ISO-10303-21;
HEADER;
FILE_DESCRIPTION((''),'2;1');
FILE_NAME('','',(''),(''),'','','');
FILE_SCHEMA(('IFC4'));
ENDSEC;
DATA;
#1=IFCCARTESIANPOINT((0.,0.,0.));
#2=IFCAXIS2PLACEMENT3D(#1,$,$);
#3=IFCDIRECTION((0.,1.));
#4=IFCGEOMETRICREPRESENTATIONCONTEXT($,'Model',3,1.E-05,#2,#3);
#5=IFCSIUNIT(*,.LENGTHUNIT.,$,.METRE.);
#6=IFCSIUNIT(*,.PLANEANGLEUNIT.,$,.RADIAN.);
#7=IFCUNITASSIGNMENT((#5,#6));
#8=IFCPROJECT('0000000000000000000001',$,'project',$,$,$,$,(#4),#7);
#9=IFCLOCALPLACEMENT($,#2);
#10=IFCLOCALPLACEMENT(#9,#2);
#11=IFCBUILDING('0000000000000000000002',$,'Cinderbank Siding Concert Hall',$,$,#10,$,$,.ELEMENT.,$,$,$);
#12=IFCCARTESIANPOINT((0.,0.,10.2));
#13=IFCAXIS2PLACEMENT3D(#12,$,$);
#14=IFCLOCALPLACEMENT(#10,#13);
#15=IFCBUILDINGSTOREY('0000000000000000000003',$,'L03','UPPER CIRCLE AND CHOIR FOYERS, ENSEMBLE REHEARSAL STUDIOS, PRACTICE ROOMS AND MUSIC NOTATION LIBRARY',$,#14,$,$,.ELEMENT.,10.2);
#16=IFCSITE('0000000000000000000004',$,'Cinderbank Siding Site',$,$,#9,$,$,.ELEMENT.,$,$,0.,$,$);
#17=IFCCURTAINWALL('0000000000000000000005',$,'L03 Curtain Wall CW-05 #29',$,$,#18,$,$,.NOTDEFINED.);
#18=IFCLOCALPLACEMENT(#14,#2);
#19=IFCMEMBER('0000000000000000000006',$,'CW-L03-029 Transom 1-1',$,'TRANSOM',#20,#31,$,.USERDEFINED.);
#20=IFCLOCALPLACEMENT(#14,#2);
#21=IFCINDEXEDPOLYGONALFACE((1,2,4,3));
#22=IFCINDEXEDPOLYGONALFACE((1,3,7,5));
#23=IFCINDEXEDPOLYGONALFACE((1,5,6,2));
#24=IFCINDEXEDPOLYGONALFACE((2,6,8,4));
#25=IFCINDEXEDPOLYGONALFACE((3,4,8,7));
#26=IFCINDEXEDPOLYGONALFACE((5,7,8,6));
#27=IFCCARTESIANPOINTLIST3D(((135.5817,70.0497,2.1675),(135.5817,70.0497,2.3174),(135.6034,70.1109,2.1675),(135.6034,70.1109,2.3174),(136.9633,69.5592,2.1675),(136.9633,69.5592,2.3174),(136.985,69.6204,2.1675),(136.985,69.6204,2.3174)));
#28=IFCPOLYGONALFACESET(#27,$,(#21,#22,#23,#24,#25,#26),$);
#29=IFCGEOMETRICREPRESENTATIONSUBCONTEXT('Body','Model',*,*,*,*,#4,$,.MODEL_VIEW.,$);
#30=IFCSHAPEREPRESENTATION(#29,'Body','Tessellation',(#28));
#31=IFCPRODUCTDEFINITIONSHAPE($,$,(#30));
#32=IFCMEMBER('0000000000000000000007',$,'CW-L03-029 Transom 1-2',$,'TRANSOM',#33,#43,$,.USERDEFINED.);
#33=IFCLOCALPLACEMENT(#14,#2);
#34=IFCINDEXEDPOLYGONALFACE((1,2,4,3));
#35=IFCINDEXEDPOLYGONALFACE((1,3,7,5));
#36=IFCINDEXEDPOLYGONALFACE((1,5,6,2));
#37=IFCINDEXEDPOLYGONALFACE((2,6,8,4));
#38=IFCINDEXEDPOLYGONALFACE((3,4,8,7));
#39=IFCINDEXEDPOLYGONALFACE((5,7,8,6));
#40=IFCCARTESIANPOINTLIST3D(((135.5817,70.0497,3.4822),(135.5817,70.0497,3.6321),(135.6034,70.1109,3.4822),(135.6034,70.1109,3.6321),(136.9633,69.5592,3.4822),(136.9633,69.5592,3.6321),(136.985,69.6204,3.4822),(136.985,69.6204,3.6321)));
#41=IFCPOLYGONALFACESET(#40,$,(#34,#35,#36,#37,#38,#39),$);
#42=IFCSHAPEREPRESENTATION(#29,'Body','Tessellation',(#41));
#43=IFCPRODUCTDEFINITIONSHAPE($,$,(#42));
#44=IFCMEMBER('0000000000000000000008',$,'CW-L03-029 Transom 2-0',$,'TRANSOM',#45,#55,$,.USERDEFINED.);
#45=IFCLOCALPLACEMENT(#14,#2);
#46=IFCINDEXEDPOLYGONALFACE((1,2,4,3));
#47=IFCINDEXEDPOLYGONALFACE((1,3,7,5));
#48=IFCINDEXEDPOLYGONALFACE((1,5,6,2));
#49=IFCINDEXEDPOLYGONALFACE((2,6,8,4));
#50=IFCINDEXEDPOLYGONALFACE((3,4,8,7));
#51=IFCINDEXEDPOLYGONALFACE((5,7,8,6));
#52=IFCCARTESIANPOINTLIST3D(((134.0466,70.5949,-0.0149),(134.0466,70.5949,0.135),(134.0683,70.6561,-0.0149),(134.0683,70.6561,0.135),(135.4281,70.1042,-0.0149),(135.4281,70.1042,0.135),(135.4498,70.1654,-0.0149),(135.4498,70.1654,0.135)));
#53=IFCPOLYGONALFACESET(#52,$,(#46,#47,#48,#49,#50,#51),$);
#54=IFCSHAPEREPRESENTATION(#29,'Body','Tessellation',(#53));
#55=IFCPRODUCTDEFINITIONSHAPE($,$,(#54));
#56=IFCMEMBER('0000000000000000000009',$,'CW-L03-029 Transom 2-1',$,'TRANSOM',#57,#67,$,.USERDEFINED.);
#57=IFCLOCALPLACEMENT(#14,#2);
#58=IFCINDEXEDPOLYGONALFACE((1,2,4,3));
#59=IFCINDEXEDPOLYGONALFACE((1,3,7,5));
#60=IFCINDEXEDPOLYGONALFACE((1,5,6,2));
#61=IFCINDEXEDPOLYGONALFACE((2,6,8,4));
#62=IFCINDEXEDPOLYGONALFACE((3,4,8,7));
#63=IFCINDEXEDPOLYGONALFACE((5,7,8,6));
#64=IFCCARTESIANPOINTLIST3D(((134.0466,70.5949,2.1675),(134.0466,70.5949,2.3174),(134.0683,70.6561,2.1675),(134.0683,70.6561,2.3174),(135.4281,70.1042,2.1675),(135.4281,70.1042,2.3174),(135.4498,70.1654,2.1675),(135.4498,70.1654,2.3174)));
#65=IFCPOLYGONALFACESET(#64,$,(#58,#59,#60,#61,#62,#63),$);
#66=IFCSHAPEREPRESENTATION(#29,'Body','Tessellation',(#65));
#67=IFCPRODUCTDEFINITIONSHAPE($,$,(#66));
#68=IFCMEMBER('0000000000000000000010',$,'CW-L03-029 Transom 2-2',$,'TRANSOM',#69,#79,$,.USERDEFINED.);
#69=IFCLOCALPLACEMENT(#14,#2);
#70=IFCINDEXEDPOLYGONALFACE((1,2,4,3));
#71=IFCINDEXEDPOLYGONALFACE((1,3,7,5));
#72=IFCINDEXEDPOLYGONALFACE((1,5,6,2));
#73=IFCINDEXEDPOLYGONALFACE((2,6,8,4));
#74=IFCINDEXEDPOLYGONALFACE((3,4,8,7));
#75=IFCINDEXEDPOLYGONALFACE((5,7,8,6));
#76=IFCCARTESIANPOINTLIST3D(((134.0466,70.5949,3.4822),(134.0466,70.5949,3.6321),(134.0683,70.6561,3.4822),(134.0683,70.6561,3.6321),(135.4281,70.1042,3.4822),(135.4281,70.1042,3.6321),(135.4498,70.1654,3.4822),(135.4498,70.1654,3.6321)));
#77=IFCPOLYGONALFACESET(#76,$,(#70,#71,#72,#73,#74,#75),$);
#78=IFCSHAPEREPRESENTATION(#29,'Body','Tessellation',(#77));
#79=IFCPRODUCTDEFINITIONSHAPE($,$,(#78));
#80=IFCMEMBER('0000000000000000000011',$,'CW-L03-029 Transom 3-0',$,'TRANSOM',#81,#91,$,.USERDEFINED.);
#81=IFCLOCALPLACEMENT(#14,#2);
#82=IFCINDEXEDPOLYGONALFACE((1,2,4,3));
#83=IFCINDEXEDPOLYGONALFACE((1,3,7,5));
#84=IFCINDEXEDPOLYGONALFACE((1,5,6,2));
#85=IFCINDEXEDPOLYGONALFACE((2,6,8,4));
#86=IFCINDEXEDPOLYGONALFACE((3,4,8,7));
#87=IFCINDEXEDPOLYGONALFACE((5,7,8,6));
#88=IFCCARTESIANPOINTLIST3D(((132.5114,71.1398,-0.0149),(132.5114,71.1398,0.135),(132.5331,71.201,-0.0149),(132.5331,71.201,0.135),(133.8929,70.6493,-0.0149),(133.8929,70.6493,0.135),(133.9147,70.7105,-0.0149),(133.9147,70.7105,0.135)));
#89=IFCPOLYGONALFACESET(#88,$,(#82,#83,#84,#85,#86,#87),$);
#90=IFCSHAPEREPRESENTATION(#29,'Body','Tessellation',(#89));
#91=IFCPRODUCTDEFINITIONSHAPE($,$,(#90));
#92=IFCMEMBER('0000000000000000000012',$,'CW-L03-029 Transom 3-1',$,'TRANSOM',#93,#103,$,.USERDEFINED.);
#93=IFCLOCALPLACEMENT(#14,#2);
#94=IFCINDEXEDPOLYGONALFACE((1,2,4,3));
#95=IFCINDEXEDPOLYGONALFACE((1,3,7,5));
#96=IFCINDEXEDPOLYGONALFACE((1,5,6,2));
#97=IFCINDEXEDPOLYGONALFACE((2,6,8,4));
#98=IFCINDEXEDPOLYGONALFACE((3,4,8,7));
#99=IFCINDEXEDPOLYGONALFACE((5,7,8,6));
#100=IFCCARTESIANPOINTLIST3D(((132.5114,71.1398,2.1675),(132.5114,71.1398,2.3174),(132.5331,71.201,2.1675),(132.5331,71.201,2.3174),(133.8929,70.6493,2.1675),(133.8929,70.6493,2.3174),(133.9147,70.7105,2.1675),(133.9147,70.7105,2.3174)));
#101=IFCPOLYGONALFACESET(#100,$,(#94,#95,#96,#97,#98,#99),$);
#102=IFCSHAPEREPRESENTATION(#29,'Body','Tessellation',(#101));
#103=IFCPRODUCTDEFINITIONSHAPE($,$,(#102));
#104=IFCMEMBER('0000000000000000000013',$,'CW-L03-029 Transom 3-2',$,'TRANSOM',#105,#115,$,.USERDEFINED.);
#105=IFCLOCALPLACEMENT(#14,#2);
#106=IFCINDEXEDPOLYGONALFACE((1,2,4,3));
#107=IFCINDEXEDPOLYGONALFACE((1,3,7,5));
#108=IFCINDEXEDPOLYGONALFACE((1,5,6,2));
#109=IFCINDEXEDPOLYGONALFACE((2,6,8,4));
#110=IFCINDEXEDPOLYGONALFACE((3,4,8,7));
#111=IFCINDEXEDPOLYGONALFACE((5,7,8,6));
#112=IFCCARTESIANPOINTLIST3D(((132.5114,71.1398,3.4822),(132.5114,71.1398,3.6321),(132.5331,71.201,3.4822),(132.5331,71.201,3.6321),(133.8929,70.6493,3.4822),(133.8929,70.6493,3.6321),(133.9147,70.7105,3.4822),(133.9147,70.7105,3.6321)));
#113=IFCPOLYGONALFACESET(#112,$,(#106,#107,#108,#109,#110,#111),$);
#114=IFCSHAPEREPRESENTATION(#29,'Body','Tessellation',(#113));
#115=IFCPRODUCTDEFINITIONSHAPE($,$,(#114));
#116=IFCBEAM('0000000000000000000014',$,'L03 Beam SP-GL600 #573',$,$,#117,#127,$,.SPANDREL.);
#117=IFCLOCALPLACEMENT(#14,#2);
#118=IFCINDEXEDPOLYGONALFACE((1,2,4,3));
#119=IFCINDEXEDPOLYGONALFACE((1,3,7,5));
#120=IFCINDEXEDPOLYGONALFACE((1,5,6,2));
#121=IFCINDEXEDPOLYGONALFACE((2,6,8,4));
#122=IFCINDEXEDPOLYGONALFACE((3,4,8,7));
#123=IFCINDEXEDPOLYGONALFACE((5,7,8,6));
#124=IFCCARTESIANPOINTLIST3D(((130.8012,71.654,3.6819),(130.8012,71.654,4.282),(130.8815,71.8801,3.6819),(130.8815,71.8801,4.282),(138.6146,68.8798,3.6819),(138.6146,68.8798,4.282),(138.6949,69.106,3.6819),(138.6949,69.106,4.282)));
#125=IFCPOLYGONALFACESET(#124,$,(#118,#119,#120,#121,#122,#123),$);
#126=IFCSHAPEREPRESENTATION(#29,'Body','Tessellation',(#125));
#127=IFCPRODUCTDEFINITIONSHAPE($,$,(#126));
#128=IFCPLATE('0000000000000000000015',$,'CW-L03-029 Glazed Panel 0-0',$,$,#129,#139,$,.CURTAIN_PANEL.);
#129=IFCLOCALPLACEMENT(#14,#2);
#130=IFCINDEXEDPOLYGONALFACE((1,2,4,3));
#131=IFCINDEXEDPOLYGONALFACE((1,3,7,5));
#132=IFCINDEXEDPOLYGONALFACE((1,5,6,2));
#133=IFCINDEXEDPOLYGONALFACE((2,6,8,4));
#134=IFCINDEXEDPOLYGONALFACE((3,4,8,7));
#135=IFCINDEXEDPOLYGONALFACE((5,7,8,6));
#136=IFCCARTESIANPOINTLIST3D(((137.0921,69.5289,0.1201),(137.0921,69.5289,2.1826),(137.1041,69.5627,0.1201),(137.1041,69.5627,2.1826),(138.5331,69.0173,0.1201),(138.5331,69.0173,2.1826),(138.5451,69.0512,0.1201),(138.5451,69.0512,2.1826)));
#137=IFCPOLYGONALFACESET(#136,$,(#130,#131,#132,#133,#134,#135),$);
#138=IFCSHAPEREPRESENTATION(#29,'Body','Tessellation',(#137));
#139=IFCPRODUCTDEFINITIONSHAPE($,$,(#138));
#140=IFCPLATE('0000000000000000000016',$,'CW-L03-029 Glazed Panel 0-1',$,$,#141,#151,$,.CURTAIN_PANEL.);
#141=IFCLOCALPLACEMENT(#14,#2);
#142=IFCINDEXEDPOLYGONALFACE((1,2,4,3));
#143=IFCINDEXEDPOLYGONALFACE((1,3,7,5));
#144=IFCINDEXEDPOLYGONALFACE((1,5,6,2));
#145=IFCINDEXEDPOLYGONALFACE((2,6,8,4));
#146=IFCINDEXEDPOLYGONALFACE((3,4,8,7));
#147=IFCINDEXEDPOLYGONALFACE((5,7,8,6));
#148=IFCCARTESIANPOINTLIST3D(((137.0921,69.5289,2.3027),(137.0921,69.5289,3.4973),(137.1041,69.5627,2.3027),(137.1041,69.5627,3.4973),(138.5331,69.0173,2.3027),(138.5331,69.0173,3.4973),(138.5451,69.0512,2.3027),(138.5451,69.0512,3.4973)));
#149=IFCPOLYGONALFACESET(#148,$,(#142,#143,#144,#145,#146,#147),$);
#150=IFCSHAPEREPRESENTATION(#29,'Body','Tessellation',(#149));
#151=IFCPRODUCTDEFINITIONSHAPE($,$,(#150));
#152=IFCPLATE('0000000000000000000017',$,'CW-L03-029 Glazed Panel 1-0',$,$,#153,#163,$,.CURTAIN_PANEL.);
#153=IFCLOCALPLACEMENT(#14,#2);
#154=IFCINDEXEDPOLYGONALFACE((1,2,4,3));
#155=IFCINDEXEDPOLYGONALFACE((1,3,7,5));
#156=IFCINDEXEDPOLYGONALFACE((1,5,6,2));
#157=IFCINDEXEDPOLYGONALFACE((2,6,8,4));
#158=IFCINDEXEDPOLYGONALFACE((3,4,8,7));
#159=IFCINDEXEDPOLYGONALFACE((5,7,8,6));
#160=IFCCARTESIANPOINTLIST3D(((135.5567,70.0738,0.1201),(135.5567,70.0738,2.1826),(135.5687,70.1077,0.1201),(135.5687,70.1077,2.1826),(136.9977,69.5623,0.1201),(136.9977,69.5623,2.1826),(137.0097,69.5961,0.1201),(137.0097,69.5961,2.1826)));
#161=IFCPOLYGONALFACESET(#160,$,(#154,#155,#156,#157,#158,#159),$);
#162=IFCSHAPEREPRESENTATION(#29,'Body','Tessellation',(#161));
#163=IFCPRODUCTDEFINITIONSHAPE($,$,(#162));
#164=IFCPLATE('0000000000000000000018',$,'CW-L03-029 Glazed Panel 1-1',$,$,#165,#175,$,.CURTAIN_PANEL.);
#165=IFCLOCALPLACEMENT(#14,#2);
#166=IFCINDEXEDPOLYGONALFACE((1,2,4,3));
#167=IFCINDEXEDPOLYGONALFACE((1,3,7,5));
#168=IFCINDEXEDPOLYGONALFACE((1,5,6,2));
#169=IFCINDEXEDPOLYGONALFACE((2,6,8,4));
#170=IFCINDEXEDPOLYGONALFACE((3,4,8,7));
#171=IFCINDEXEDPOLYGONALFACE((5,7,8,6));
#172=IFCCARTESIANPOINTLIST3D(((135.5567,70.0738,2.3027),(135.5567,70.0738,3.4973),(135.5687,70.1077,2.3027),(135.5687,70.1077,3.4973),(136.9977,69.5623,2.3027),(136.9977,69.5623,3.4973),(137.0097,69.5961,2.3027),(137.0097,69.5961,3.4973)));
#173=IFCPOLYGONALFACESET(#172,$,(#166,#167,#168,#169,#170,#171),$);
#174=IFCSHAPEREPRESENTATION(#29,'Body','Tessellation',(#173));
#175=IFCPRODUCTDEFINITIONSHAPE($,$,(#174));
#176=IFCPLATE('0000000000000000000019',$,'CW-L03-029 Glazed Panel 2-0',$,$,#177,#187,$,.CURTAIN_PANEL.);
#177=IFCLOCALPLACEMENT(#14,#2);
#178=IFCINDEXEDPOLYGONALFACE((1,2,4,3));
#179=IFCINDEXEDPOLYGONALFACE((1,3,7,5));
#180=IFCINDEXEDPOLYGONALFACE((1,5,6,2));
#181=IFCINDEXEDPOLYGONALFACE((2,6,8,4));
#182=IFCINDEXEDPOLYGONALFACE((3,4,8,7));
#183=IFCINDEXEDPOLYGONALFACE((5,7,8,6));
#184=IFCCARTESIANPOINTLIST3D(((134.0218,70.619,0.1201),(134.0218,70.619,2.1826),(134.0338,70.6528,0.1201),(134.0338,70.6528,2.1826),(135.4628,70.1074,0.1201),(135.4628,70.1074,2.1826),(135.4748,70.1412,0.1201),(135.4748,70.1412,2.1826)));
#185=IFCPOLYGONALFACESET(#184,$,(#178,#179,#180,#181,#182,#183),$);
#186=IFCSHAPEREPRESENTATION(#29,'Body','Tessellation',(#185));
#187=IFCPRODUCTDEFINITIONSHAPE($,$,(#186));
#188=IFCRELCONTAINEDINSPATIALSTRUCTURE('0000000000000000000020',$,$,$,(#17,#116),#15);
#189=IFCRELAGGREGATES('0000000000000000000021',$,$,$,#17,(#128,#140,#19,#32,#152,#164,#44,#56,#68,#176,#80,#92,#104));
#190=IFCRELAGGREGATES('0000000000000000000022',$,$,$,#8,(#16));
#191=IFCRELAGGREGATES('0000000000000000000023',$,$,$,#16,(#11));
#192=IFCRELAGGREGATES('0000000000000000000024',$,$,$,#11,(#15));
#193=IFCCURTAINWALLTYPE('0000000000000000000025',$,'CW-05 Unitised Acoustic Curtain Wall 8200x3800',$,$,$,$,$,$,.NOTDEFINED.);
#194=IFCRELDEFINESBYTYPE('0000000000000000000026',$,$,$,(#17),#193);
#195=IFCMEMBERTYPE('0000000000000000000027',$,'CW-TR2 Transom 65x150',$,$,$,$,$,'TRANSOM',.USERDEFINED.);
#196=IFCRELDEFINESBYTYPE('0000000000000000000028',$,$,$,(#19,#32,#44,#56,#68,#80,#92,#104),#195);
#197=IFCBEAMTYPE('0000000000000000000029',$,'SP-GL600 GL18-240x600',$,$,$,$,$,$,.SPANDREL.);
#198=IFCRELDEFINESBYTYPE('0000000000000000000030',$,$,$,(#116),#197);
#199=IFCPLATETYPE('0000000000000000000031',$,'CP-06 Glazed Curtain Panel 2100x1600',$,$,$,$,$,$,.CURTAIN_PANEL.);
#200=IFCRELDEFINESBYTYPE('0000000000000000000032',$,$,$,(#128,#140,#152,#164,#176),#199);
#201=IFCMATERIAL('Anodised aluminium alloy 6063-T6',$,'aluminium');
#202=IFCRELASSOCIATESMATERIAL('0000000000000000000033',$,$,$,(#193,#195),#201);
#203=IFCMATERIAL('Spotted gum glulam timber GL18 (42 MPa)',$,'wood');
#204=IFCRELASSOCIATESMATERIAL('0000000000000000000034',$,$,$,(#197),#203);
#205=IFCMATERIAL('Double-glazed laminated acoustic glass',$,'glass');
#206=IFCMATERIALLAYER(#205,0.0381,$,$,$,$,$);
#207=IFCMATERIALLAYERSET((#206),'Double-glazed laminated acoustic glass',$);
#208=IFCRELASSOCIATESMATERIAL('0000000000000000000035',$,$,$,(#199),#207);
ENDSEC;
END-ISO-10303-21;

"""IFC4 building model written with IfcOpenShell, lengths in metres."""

from ifc_helpers import new_model, si_unit, direction, frame, origin, origin_2d, place, context, subcontext, project, spatial, rectangle, extrude, material, layer, layer_set, material_profile, profile_set, type_object, element, aggregate, save


model = new_model("IFC4")

# Units and contexts
model_context = context("Model", 3, precision=1e-05, world=origin(), true_north=direction((0.0, 1.0)))
body_context = subcontext(model_context, "Body", "Model", "MODEL_VIEW")
ifc_project = project(units=[si_unit("LENGTHUNIT", "METRE"), si_unit("PLANEANGLEUNIT", "RADIAN")], contexts=[model_context])

# Site, building, storey
site_placement = place(None, origin())
site = spatial("IfcSite", under=ifc_project, at=site_placement, Name="Cinderbank Siding Site", CompositionType="ELEMENT", RefElevation=0.0)
building_placement = place(site_placement, origin())
building = spatial("IfcBuilding", under=site, at=building_placement, Name="Cinderbank Siding Concert Hall", CompositionType="ELEMENT")
storey_placement = place(building_placement, frame((0.0, 0.0, 10.2)))
storey = spatial("IfcBuildingStorey", under=building, at=storey_placement, Name="L03", Description="UPPER CIRCLE AND CHOIR FOYERS, ENSEMBLE REHEARSAL STUDIOS, PRACTICE ROOMS AND MUSIC NOTATION LIBRARY", CompositionType="ELEMENT", Elevation=10.2)

# Shared definitions
ifc_material_1 = material(Name="Anodised aluminium alloy 6063-T6", Category="aluminium")

# Curtain wall, members
curtain_wall_type_1 = type_object("IfcCurtainWallType", Name="CW-05 Unitised Acoustic Curtain Wall 8200x3800", PredefinedType="NOTDEFINED", material=ifc_material_1)
curtain_wall_1_placement = place(storey_placement, origin())
curtain_wall_1 = element("IfcCurtainWall", 1, at=curtain_wall_1_placement, inside=storey, type_object=curtain_wall_type_1, Name="L03 Curtain Wall CW-05 #29", PredefinedType="NOTDEFINED")
ifc_material_profile_1 = material_profile(ifc_material_1, rectangle(XDim=0.0649, YDim=0.1499, at=origin_2d()), Name="ALU-TRAN-65x150", Category="LoadBearing")
ifc_profile_set_1 = profile_set([ifc_material_profile_1], Name="Anodised aluminium alloy 6063-T6")
member_type_1 = type_object("IfcMemberType", Name="CW-TR2 Transom 65x150", ElementType="TRANSOM", PredefinedType="USERDEFINED", material=ifc_profile_set_1)
member_1_placement = place(storey_placement, frame((136.9741, 69.5898, 2.2424), z_axis=(-0.942377, 0.334553, 0.0), x_axis=(-0.334553, -0.942377, 0.0)))
member_1 = element("IfcMember", 2, at=member_1_placement, type_object=member_type_1, Name="CW-L03-029 Transom 1-1", ObjectType="TRANSOM", PredefinedType="USERDEFINED", context=body_context, shape_type="SweptSolid", body=[
    extrude(rectangle(XDim=0.0649, YDim=0.1499, at=origin_2d()), origin(), (0.0, 0.0, 1.0), 1.4661),
])
member_2_placement = place(storey_placement, frame((136.9741, 69.5898, 3.5571), z_axis=(-0.942377, 0.334553, 0.0), x_axis=(-0.334553, -0.942377, 0.0)))
member_2 = element("IfcMember", 3, at=member_2_placement, type_object=member_type_1, Name="CW-L03-029 Transom 1-2", ObjectType="TRANSOM", PredefinedType="USERDEFINED", context=body_context, shape_type="SweptSolid", body=[
    extrude(rectangle(XDim=0.0649, YDim=0.1499, at=origin_2d()), origin(), (0.0, 0.0, 1.0), 1.4661),
])
member_3_placement = place(storey_placement, frame((135.439, 70.1348, 0.0601), z_axis=(-0.942324, 0.334701, 0.0), x_axis=(-0.334701, -0.942324, 0.0)))
member_3 = element("IfcMember", 4, at=member_3_placement, type_object=member_type_1, Name="CW-L03-029 Transom 2-0", ObjectType="TRANSOM", PredefinedType="USERDEFINED", context=body_context, shape_type="SweptSolid", body=[
    extrude(rectangle(XDim=0.0649, YDim=0.1499, at=origin_2d()), origin(), (0.0, 0.0, 1.0), 1.4661),
])
member_4_placement = place(storey_placement, frame((135.439, 70.1348, 2.2424), z_axis=(-0.942324, 0.334701, 0.0), x_axis=(-0.334701, -0.942324, 0.0)))
member_4 = element("IfcMember", 5, at=member_4_placement, type_object=member_type_1, Name="CW-L03-029 Transom 2-1", ObjectType="TRANSOM", PredefinedType="USERDEFINED", context=body_context, shape_type="SweptSolid", body=[
    extrude(rectangle(XDim=0.0649, YDim=0.1499, at=origin_2d()), origin(), (0.0, 0.0, 1.0), 1.4661),
])
member_5_placement = place(storey_placement, frame((135.439, 70.1348, 3.5571), z_axis=(-0.942324, 0.334701, 0.0), x_axis=(-0.334701, -0.942324, 0.0)))
member_5 = element("IfcMember", 6, at=member_5_placement, type_object=member_type_1, Name="CW-L03-029 Transom 2-2", ObjectType="TRANSOM", PredefinedType="USERDEFINED", context=body_context, shape_type="SweptSolid", body=[
    extrude(rectangle(XDim=0.0649, YDim=0.1499, at=origin_2d()), origin(), (0.0, 0.0, 1.0), 1.4661),
])
member_6_placement = place(storey_placement, frame((133.9038, 70.6799, 0.0601), z_axis=(-0.942377, 0.334553, 0.0), x_axis=(-0.334553, -0.942377, 0.0)))
member_6 = element("IfcMember", 7, at=member_6_placement, type_object=member_type_1, Name="CW-L03-029 Transom 3-0", ObjectType="TRANSOM", PredefinedType="USERDEFINED", context=body_context, shape_type="SweptSolid", body=[
    extrude(rectangle(XDim=0.0649, YDim=0.1499, at=origin_2d()), origin(), (0.0, 0.0, 1.0), 1.4661),
])
member_7_placement = place(storey_placement, frame((133.9038, 70.6799, 2.2424), z_axis=(-0.942377, 0.334553, 0.0), x_axis=(-0.334553, -0.942377, 0.0)))
member_7 = element("IfcMember", 8, at=member_7_placement, type_object=member_type_1, Name="CW-L03-029 Transom 3-1", ObjectType="TRANSOM", PredefinedType="USERDEFINED", context=body_context, shape_type="SweptSolid", body=[
    extrude(rectangle(XDim=0.0649, YDim=0.1499, at=origin_2d()), origin(), (0.0, 0.0, 1.0), 1.4661),
])
member_8_placement = place(storey_placement, frame((133.9038, 70.6799, 3.5571), z_axis=(-0.942377, 0.334553, 0.0), x_axis=(-0.334553, -0.942377, 0.0)))
member_8 = element("IfcMember", 9, at=member_8_placement, type_object=member_type_1, Name="CW-L03-029 Transom 3-2", ObjectType="TRANSOM", PredefinedType="USERDEFINED", context=body_context, shape_type="SweptSolid", body=[
    extrude(rectangle(XDim=0.0649, YDim=0.1499, at=origin_2d()), origin(), (0.0, 0.0, 1.0), 1.4661),
])

# Beam
ifc_material_2 = material(Name="Spotted gum glulam timber GL18 (42 MPa)", Category="wood")
ifc_material_profile_2 = material_profile(ifc_material_2, rectangle(XDim=0.24, YDim=0.6001, at=origin_2d()), Name="GL18-240x600", Category="LoadBearing")
ifc_profile_set_2 = profile_set([ifc_material_profile_2], Name="Spotted gum glulam timber GL18 (42 MPa)")
beam_type_1 = type_object("IfcBeamType", Name="SP-GL600 GL18-240x600", PredefinedType="SPANDREL", material=ifc_profile_set_2)
beam_1_placement = place(storey_placement, frame((138.6548, 68.9929, 3.9819), z_axis=(-0.942365, 0.334586, 0.0), x_axis=(-0.334586, -0.942365, 0.0)))
element("IfcBeam", 10, at=beam_1_placement, inside=storey, type_object=beam_type_1, Name="L03 Beam SP-GL600 #573", PredefinedType="SPANDREL", context=body_context, shape_type="SweptSolid", body=[
    extrude(rectangle(XDim=0.24, YDim=0.6001, at=origin_2d()), origin(), (0.0, 0.0, 1.0), 8.2913),
])

# Plates
ifc_material_3 = material(Name="Double-glazed laminated acoustic glass", Category="glass")
ifc_layer_1 = layer(ifc_material_3, 0.0381)
ifc_layer_set_1 = layer_set([ifc_layer_1], Name="Double-glazed laminated acoustic glass")
plate_type = type_object("IfcPlateType", Name="CP-06 Glazed Curtain Panel 2100x1600", PredefinedType="CURTAIN_PANEL", material=ifc_layer_set_1)
plate_1_placement = place(storey_placement, frame((137.8186, 69.29, 0.1201), z_axis=(0.0, 0.0, 1.0), x_axis=(-0.942366, 0.334585, 0.0)))
plate_1 = element("IfcPlate", 11, at=plate_1_placement, type_object=plate_type, Name="CW-L03-029 Glazed Panel 0-0", PredefinedType="CURTAIN_PANEL", context=body_context, shape_type="SweptSolid", body=[
    extrude(rectangle(XDim=1.5291, YDim=0.0359, at=origin_2d()), origin(), (0.0, 0.0, 1.0), 2.0625),
])
plate_2_placement = place(storey_placement, frame((137.8186, 69.29, 2.3027), z_axis=(0.0, 0.0, 1.0), x_axis=(-0.942366, 0.334585, 0.0)))
plate_2 = element("IfcPlate", 12, at=plate_2_placement, type_object=plate_type, Name="CW-L03-029 Glazed Panel 0-1", PredefinedType="CURTAIN_PANEL", context=body_context, shape_type="SweptSolid", body=[
    extrude(rectangle(XDim=1.5291, YDim=0.0359, at=origin_2d()), origin(), (0.0, 0.0, 1.0), 1.1946),
])
plate_3_placement = place(storey_placement, frame((136.2832, 69.835, 0.1201), z_axis=(0.0, 0.0, 1.0), x_axis=(-0.942366, 0.334585, 0.0)))
plate_3 = element("IfcPlate", 13, at=plate_3_placement, type_object=plate_type, Name="CW-L03-029 Glazed Panel 1-0", PredefinedType="CURTAIN_PANEL", context=body_context, shape_type="SweptSolid", body=[
    extrude(rectangle(XDim=1.5291, YDim=0.0359, at=origin_2d()), origin(), (0.0, 0.0, 1.0), 2.0625),
])
plate_4_placement = place(storey_placement, frame((136.2832, 69.835, 2.3027), z_axis=(0.0, 0.0, 1.0), x_axis=(-0.942366, 0.334585, 0.0)))
plate_4 = element("IfcPlate", 14, at=plate_4_placement, type_object=plate_type, Name="CW-L03-029 Glazed Panel 1-1", PredefinedType="CURTAIN_PANEL", context=body_context, shape_type="SweptSolid", body=[
    extrude(rectangle(XDim=1.5291, YDim=0.0359, at=origin_2d()), origin(), (0.0, 0.0, 1.0), 1.1946),
])
plate_5_placement = place(storey_placement, frame((134.7483, 70.3801, 0.1201), z_axis=(0.0, 0.0, 1.0), x_axis=(-0.942366, 0.334585, 0.0)))
plate_5 = element("IfcPlate", 15, at=plate_5_placement, type_object=plate_type, Name="CW-L03-029 Glazed Panel 2-0", PredefinedType="CURTAIN_PANEL", context=body_context, shape_type="SweptSolid", body=[
    extrude(rectangle(XDim=1.5291, YDim=0.0359, at=origin_2d()), origin(), (0.0, 0.0, 1.0), 2.0625),
])
aggregate(curtain_wall_1, [plate_1, plate_2, member_1, member_2, plate_3, plate_4, member_3, member_4, member_5, plate_5, member_6, member_7, member_8])

save(model, "model.ifc")
